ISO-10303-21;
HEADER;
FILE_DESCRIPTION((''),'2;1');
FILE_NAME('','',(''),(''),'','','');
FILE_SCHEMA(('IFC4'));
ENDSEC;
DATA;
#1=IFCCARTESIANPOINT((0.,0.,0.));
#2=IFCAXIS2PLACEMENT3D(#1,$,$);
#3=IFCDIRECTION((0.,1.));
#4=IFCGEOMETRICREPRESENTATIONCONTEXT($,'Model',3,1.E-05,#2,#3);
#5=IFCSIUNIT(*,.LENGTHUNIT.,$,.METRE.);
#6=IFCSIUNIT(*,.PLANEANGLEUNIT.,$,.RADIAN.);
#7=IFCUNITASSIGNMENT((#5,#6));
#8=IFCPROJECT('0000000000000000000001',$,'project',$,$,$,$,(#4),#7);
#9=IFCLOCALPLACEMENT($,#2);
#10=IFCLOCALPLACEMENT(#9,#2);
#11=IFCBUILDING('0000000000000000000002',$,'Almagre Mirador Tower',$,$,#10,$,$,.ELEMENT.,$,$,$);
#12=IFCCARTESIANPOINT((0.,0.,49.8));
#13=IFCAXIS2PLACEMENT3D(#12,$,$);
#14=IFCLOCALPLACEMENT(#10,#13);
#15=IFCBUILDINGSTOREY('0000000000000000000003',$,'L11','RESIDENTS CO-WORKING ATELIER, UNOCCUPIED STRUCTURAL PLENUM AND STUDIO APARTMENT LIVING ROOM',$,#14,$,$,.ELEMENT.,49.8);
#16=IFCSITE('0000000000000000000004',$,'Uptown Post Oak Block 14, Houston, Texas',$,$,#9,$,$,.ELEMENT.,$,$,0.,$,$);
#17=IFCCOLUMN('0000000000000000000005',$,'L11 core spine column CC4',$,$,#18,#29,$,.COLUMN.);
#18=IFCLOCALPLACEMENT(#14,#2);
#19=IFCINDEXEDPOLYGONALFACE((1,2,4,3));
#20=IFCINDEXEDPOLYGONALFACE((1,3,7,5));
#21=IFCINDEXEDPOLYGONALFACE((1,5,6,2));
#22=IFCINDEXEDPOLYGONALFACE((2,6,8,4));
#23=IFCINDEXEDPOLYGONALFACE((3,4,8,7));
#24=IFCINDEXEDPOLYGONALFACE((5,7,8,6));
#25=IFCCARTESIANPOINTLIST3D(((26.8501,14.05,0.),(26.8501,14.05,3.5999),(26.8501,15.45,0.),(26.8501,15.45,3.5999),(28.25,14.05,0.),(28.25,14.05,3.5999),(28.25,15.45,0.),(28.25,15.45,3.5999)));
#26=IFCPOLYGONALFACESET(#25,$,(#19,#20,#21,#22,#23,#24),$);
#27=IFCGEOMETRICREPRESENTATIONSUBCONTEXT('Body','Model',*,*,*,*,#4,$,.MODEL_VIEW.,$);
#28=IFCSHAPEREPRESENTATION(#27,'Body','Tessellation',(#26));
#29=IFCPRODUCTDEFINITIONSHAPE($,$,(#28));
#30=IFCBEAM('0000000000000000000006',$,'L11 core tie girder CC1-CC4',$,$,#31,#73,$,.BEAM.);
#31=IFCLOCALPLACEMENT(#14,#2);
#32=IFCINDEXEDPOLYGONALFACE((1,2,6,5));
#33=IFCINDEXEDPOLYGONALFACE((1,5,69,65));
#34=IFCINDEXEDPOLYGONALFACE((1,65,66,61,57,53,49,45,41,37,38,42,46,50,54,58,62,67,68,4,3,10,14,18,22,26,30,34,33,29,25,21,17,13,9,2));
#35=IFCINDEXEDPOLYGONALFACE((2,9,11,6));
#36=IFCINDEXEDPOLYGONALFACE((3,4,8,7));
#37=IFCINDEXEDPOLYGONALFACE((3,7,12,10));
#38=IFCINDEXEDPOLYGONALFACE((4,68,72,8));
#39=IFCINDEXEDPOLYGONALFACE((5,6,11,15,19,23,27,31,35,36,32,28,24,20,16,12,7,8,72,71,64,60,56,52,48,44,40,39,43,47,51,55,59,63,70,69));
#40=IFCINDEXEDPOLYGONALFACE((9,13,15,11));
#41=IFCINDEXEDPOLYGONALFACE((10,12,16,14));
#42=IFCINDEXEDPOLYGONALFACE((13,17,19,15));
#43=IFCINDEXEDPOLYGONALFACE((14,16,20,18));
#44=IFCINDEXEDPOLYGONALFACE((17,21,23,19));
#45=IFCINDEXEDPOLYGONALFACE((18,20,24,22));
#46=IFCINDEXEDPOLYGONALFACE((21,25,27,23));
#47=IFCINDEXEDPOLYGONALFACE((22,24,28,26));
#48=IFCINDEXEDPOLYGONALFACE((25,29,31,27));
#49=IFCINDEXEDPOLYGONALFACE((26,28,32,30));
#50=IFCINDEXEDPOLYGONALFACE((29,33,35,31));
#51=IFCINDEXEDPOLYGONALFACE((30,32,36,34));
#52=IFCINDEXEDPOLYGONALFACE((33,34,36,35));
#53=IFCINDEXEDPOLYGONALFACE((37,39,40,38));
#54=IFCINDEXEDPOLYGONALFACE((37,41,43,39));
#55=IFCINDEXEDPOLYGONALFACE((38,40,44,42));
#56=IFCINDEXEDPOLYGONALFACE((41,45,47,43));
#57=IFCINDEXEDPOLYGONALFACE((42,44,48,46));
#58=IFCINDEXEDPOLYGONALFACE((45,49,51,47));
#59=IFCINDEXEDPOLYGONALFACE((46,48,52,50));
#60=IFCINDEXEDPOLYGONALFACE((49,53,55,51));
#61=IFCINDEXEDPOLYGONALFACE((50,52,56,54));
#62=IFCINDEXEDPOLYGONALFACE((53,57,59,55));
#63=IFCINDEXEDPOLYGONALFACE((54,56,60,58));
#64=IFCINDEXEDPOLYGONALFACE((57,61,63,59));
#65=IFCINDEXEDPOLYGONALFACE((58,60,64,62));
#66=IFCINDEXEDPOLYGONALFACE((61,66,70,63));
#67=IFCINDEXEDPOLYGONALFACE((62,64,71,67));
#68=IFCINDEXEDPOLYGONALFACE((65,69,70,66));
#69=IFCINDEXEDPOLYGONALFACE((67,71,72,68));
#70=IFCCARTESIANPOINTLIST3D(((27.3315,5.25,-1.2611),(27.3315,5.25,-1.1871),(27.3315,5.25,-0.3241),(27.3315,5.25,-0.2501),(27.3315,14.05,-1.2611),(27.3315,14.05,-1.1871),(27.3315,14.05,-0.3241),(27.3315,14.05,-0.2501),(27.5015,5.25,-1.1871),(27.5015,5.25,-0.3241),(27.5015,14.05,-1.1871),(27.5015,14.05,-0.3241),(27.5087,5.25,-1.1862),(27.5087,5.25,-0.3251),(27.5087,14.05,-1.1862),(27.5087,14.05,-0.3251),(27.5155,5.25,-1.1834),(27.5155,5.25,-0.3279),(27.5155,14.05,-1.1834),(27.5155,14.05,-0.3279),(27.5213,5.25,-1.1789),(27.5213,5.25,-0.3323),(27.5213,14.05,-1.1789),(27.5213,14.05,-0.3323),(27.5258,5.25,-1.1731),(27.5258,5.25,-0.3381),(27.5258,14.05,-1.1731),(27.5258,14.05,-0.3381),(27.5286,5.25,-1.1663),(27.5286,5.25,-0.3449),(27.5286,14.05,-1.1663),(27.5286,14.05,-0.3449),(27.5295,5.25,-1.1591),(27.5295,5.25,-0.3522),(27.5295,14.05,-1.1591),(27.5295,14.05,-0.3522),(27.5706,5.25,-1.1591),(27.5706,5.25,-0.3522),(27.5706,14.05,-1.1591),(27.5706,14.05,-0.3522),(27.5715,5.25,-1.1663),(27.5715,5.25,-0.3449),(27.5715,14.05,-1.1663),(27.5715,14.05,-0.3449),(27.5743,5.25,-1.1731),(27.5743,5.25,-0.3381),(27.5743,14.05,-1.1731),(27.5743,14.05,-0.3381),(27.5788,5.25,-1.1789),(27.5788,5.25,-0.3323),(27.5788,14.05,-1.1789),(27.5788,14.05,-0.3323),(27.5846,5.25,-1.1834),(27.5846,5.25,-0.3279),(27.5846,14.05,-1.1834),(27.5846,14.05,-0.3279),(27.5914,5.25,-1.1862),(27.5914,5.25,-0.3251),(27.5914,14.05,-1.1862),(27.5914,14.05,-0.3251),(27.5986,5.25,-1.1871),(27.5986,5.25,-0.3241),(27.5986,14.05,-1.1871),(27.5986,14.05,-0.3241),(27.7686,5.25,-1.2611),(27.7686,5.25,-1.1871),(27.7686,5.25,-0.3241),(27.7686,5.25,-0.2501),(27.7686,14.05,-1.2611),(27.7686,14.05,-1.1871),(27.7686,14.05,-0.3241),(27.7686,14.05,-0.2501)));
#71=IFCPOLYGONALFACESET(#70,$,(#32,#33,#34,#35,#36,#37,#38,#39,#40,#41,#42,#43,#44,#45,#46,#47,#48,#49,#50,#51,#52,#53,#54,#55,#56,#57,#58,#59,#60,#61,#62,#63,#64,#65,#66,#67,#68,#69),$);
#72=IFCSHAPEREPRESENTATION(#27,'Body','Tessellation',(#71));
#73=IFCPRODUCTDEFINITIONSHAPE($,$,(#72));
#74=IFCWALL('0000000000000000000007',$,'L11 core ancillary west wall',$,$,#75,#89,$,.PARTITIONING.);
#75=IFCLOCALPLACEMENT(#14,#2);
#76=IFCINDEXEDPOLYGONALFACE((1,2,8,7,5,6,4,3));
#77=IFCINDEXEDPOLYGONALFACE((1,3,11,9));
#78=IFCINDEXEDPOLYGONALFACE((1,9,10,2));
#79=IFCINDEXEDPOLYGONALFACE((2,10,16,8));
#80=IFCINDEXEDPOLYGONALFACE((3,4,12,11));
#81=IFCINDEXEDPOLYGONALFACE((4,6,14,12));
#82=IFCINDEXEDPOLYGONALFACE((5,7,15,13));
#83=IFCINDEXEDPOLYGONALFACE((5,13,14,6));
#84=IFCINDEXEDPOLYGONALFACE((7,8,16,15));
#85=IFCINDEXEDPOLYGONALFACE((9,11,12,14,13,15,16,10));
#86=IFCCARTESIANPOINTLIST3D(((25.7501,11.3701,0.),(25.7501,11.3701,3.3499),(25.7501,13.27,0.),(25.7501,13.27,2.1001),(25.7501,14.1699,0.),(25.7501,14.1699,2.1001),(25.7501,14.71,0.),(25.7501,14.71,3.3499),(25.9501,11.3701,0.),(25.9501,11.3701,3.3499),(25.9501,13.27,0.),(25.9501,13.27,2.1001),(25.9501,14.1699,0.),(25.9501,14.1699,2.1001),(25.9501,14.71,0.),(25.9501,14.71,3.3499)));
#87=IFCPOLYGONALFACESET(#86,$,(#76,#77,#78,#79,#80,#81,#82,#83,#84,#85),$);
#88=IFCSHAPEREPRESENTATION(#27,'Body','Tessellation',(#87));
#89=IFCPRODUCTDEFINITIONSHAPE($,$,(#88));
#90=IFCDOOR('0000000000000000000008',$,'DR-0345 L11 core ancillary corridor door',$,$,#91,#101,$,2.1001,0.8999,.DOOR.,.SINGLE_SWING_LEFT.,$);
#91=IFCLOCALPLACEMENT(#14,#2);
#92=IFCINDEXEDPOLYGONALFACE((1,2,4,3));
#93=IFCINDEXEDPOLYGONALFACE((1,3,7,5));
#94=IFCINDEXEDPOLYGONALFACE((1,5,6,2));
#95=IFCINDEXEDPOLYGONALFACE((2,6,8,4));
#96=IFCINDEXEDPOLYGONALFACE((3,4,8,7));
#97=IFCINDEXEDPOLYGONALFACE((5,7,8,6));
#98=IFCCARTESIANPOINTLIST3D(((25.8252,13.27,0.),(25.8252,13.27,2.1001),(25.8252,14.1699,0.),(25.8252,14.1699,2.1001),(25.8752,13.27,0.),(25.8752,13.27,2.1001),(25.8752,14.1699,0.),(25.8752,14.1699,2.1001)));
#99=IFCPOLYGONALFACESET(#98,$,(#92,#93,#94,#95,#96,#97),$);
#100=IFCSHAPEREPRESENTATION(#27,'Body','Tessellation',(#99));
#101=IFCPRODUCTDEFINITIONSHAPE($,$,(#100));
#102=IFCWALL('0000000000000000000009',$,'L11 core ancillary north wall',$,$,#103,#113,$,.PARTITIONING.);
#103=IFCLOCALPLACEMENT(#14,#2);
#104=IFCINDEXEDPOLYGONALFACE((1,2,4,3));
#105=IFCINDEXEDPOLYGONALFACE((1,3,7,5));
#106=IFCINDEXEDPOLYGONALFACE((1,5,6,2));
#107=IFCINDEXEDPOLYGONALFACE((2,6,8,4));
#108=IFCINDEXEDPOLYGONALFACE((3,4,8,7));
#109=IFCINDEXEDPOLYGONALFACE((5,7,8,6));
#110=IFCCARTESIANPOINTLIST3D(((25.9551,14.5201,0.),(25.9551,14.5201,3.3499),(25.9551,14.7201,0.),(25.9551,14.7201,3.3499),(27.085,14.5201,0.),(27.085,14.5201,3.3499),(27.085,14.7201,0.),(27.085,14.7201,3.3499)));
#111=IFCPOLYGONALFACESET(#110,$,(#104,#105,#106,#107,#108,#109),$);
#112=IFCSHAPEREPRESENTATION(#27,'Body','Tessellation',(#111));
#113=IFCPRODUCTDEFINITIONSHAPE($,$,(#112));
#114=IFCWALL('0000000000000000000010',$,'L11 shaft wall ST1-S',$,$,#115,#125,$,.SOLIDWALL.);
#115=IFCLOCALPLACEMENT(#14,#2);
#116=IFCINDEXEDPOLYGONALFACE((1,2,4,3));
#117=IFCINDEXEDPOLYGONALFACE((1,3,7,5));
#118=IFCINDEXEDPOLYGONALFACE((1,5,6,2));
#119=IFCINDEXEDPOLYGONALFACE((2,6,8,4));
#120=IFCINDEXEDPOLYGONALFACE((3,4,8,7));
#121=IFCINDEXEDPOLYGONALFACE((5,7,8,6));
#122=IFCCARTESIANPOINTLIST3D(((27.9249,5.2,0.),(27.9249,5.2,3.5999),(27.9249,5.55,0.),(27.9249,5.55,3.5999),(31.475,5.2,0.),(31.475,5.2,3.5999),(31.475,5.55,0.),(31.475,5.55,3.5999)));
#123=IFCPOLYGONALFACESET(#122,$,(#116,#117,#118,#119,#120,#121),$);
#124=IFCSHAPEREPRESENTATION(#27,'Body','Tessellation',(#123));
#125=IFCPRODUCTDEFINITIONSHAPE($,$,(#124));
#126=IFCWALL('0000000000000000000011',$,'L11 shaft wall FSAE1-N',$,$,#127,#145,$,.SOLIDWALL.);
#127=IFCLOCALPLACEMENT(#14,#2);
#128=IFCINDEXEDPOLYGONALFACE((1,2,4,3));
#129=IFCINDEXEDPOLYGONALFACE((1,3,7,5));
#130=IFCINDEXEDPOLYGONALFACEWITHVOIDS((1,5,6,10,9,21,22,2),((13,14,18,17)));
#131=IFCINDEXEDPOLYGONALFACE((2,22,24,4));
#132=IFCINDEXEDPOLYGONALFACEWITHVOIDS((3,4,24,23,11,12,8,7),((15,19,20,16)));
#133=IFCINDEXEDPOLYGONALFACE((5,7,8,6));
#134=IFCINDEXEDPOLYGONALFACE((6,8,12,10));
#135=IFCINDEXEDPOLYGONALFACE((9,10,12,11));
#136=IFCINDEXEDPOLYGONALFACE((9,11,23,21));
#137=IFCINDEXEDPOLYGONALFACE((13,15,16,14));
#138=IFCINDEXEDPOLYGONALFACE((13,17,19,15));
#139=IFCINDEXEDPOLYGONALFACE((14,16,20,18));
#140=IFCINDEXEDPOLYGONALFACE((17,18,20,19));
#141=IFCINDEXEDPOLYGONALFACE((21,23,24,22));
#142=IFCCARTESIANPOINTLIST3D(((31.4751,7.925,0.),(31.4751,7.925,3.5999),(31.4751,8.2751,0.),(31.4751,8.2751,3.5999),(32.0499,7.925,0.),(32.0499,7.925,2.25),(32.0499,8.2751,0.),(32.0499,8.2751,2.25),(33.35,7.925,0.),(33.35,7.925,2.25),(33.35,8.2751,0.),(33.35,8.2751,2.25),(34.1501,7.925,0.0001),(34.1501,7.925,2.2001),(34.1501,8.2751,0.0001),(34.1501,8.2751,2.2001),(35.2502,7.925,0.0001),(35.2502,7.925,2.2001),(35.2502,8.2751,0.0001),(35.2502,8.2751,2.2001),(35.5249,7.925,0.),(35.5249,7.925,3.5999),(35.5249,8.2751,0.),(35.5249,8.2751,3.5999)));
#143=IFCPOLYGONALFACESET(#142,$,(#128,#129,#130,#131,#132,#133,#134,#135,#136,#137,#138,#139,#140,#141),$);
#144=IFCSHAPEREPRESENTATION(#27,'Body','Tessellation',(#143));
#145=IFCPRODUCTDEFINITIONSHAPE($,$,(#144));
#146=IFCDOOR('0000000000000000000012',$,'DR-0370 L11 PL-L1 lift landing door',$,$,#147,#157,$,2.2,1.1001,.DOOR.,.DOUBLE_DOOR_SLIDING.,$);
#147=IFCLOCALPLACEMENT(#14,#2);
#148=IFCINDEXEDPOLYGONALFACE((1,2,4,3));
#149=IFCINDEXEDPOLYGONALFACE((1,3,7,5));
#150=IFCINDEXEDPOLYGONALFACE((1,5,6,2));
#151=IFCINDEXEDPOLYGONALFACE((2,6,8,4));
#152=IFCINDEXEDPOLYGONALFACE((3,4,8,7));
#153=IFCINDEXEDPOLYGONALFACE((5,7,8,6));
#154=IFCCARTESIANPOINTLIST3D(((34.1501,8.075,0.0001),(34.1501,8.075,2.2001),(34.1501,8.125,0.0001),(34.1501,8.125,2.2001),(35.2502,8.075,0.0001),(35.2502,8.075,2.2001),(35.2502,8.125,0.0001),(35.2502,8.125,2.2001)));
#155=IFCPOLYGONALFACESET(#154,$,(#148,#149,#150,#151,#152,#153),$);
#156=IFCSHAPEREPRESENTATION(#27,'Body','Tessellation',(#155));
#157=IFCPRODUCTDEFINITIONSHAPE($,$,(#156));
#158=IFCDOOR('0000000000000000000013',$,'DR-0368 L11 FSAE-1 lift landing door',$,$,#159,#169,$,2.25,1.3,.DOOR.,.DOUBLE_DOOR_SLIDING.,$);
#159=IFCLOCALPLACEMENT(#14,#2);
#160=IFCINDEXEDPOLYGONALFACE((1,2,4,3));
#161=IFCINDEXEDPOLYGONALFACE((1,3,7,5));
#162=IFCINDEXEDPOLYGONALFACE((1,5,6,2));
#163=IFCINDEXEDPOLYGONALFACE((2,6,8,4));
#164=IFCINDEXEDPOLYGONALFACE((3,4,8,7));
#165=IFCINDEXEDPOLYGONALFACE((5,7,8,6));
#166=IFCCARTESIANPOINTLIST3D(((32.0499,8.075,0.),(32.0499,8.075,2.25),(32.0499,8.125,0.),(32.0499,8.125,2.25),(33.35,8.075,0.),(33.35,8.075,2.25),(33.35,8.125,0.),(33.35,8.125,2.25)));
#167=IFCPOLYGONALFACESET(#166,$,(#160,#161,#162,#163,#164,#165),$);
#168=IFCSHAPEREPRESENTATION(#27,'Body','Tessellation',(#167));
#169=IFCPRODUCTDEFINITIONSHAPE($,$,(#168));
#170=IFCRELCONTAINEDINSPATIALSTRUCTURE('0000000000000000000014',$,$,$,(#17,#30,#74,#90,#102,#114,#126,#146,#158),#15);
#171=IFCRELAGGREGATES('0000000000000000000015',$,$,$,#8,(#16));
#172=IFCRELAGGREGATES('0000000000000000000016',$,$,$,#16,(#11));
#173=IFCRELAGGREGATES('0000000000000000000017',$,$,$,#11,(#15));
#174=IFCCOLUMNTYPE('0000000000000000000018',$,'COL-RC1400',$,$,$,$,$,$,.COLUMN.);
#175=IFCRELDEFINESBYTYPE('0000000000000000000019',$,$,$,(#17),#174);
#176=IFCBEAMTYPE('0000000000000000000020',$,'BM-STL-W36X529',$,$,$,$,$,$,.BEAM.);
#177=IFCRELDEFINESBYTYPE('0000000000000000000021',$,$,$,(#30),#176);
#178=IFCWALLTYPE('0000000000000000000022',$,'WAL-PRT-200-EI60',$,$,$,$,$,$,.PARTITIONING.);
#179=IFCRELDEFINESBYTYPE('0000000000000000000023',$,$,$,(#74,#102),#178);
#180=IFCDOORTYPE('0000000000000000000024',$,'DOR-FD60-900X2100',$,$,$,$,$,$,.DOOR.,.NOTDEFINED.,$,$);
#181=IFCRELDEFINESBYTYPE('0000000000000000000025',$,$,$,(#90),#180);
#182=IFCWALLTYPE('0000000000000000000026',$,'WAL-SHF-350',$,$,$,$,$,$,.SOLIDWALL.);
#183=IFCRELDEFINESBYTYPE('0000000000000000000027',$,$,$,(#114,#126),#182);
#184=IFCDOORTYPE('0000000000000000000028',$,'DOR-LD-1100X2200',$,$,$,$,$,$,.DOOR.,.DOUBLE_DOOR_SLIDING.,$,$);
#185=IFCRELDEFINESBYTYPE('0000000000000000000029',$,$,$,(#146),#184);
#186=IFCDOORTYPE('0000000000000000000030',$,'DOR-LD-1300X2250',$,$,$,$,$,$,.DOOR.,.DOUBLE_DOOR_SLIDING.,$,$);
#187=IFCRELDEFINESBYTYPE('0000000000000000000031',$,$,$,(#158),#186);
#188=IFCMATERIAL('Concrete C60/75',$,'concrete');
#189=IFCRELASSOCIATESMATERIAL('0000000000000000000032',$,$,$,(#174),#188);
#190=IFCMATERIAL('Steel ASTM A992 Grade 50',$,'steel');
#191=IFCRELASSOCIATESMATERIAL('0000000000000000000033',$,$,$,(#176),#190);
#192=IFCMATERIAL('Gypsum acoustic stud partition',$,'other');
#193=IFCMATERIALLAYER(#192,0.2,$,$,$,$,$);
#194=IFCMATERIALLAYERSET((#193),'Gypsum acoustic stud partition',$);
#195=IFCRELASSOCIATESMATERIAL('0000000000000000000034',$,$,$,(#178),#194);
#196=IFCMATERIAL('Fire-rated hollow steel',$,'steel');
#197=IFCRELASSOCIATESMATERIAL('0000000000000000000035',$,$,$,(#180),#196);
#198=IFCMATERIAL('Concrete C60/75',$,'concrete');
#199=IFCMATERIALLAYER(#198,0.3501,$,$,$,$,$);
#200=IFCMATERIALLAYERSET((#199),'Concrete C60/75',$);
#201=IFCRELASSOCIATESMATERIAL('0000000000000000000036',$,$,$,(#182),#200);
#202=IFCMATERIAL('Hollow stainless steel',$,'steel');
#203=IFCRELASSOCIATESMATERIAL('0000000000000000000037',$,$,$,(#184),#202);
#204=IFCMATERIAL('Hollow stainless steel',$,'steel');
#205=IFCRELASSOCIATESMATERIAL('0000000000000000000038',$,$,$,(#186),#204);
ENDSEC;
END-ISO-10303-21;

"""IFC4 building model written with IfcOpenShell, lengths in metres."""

from ifc_helpers import new_model, si_unit, direction, frame, frame_2d, origin, origin_2d, place, context, subcontext, project, spatial, rectangle, i_section, extrude, material, layer, layer_set, material_profile, profile_set, type_object, element, fill, save


model = new_model("IFC4")

# Units and contexts
model_context = context("Model", 3, precision=1e-05, world=origin(), true_north=direction((0.0, 1.0)))
body_context = subcontext(model_context, "Body", "Model", "MODEL_VIEW")
ifc_project = project(units=[si_unit("LENGTHUNIT", "METRE"), si_unit("PLANEANGLEUNIT", "RADIAN")], contexts=[model_context])

# Site, building, storey
site_placement = place(None, origin())
site = spatial("IfcSite", under=ifc_project, at=site_placement, Name="Uptown Post Oak Block 14, Houston, Texas", CompositionType="ELEMENT", RefElevation=0.0)
building_placement = place(site_placement, origin())
building = spatial("IfcBuilding", under=site, at=building_placement, Name="Almagre Mirador Tower", CompositionType="ELEMENT")
storey_placement = place(building_placement, frame((0.0, 0.0, 49.8)))
storey = spatial("IfcBuildingStorey", under=building, at=storey_placement, Name="L11", Description="RESIDENTS CO-WORKING ATELIER, UNOCCUPIED STRUCTURAL PLENUM AND STUDIO APARTMENT LIVING ROOM", CompositionType="ELEMENT", Elevation=49.8)

# Column
ifc_material_1 = material(Name="Concrete C60/75", Category="concrete")
ifc_material_profile_1 = material_profile(ifc_material_1, rectangle(XDim=1.3999, YDim=1.3999, at=origin_2d()), Name="RC1400X1400")
ifc_profile_set_1 = profile_set([ifc_material_profile_1], Name="Concrete C60/75")
column_type = type_object("IfcColumnType", Name="COL-RC1400", PredefinedType="COLUMN", material=ifc_profile_set_1)
column_placement = place(storey_placement, frame((27.55, 14.75, 0.0), z_axis=(0.0, 0.0, 1.0), x_axis=(1.0, 0.0, 0.0)))
element("IfcColumn", 1, at=column_placement, inside=storey, type_object=column_type, Name="L11 core spine column CC4", PredefinedType="COLUMN", context=body_context, shape_type="SweptSolid", body=[
    extrude(rectangle(XDim=1.3999, YDim=1.3999, at=origin_2d()), origin(), (0.0, 0.0, 1.0), 3.5999),
])

# Beam
ifc_material_2 = material(Name="Steel ASTM A992 Grade 50", Category="steel")
ifc_material_profile_2 = material_profile(ifc_material_2, i_section(OverallWidth=0.437, OverallDepth=1.011, WebThickness=0.041, FlangeThickness=0.074, FilletRadius=0.0281, at=origin_2d()), Name="W36X529")
ifc_profile_set_2 = profile_set([ifc_material_profile_2], Name="Steel ASTM A992 Grade 50")
beam_type = type_object("IfcBeamType", Name="BM-STL-W36X529", PredefinedType="BEAM", material=ifc_profile_set_2)
beam_placement = place(storey_placement, frame((27.55, 5.25, -0.7556), z_axis=(0.0, 1.0, 0.0), x_axis=(-1.0, 0.0, 0.0)))
element("IfcBeam", 2, at=beam_placement, inside=storey, type_object=beam_type, Name="L11 core tie girder CC1-CC4", PredefinedType="BEAM", context=body_context, shape_type="SweptSolid", body=[
    extrude(i_section(OverallWidth=0.437, OverallDepth=1.011, WebThickness=0.041, FlangeThickness=0.074, FilletRadius=0.0281, at=origin_2d()), origin(), (0.0, 0.0, 1.0), 8.8),
])

# Wall, opening, door
ifc_material_3 = material(Name="Gypsum acoustic stud partition", Category="other")
ifc_layer_1 = layer(ifc_material_3, 0.2)
ifc_layer_set_1 = layer_set([ifc_layer_1], Name="Gypsum acoustic stud partition")
wall_type_1 = type_object("IfcWallType", Name="WAL-PRT-200-EI60", PredefinedType="PARTITIONING", material=ifc_layer_set_1)
wall_1_placement = place(storey_placement, frame((25.8501, 11.3701, 0.0), z_axis=(0.0, 0.0, 1.0), x_axis=(0.0, 1.0, 0.0)))
wall_1 = element("IfcWall", 3, at=wall_1_placement, inside=storey, type_object=wall_type_1, Name="L11 core ancillary west wall", PredefinedType="PARTITIONING", context=body_context, shape_type="SweptSolid", body=[
    extrude(rectangle(XDim=3.3398, YDim=0.2, at=frame_2d((1.6699, 0.0))), origin(), (0.0, 0.0, 1.0), 3.3499),
])
opening_1_placement = place(wall_1_placement, frame((1.8999, 0.0, 0.0)))
opening_1 = element("IfcOpeningElement", 4, at=opening_1_placement, cuts=wall_1, PredefinedType="OPENING", context=body_context, shape_type="SweptSolid", body=[
    extrude(rectangle(XDim=0.8999, YDim=2.1001, at=frame_2d((0.45, 1.05))), frame((0.0, 0.1101, 0.0), z_axis=(0.0, -1.0, 0.0), x_axis=(1.0, 0.0, 0.0)), (0.0, 0.0, 1.0), 0.22),
])
ifc_material_4 = material(Name="Fire-rated hollow steel", Category="steel")
door_type_1 = type_object("IfcDoorType", Name="DOR-FD60-900X2100", OperationType="NOTDEFINED", PredefinedType="DOOR", material=ifc_material_4)
door_1_placement = place(opening_1_placement, origin())
door_1 = element("IfcDoor", 5, at=door_1_placement, inside=storey, type_object=door_type_1, Name="DR-0345 L11 core ancillary corridor door", OperationType="SINGLE_SWING_LEFT", OverallHeight=2.1001, OverallWidth=0.8999, PredefinedType="DOOR", context=body_context, shape_type="SweptSolid", body=[
    extrude(rectangle(XDim=0.8999, YDim=2.1001, at=frame_2d((0.45, 1.05))), frame((0.0, 0.0249, 0.0), z_axis=(0.0, -1.0, 0.0), x_axis=(1.0, 0.0, 0.0)), (0.0, 0.0, 1.0), 0.05),
])
fill(opening_1, door_1)

# Walls
wall_2_placement = place(storey_placement, frame((25.9551, 14.6201, 0.0), z_axis=(0.0, 0.0, 1.0), x_axis=(1.0, 0.0, 0.0)))
element("IfcWall", 6, at=wall_2_placement, inside=storey, type_object=wall_type_1, Name="L11 core ancillary north wall", PredefinedType="PARTITIONING", context=body_context, shape_type="SweptSolid", body=[
    extrude(rectangle(XDim=1.1299, YDim=0.2, at=frame_2d((0.5649, 0.0))), origin(), (0.0, 0.0, 1.0), 3.3499),
])
ifc_material_5 = material(Name="Concrete C60/75", Category="concrete")
ifc_layer_2 = layer(ifc_material_5, 0.3501)
ifc_layer_set_2 = layer_set([ifc_layer_2], Name="Concrete C60/75")
wall_type_2 = type_object("IfcWallType", Name="WAL-SHF-350", PredefinedType="SOLIDWALL", material=ifc_layer_set_2)
wall_3_placement = place(storey_placement, frame((27.925, 5.375, 0.0), z_axis=(0.0, 0.0, 1.0), x_axis=(1.0, 0.0, 0.0)))
element("IfcWall", 7, at=wall_3_placement, inside=storey, type_object=wall_type_2, Name="L11 shaft wall ST1-S", PredefinedType="SOLIDWALL", context=body_context, shape_type="SweptSolid", body=[
    extrude(rectangle(XDim=3.55, YDim=0.3501, at=frame_2d((1.7749, 0.0))), origin(), (0.0, 0.0, 1.0), 3.5999),
])

# Wall, openings, doors
wall_4_placement = place(storey_placement, frame((31.4751, 8.1001, 0.0), z_axis=(0.0, 0.0, 1.0), x_axis=(1.0, 0.0, 0.0)))
wall_4 = element("IfcWall", 8, at=wall_4_placement, inside=storey, type_object=wall_type_2, Name="L11 shaft wall FSAE1-N", PredefinedType="SOLIDWALL", context=body_context, shape_type="SweptSolid", body=[
    extrude(rectangle(XDim=4.0498, YDim=0.3501, at=frame_2d((2.0249, 0.0))), origin(), (0.0, 0.0, 1.0), 3.5999),
])
opening_2_placement = place(wall_4_placement, frame((0.575, 0.0, 0.0)))
opening_2 = element("IfcOpeningElement", 9, at=opening_2_placement, cuts=wall_4, PredefinedType="OPENING", context=body_context, shape_type="SweptSolid", body=[
    extrude(rectangle(XDim=1.3, YDim=2.25, at=frame_2d((0.6499, 1.125))), frame((0.0, 0.185, 0.0), z_axis=(0.0, -1.0, 0.0), x_axis=(1.0, 0.0, 0.0)), (0.0, 0.0, 1.0), 0.3701),
])
opening_3_placement = place(wall_4_placement, frame((2.675, 0.0, 0.0)))
opening_3 = element("IfcOpeningElement", 10, at=opening_3_placement, cuts=wall_4, PredefinedType="OPENING", context=body_context, shape_type="SweptSolid", body=[
    extrude(rectangle(XDim=1.1001, YDim=2.2, at=frame_2d((0.55, 1.1001))), frame((0.0, 0.185, 0.0), z_axis=(0.0, -1.0, 0.0), x_axis=(1.0, 0.0, 0.0)), (0.0, 0.0, 1.0), 0.3701),
])
ifc_material_6 = material(Name="Hollow stainless steel", Category="steel")
door_type_2 = type_object("IfcDoorType", Name="DOR-LD-1100X2200", OperationType="DOUBLE_DOOR_SLIDING", PredefinedType="DOOR", material=ifc_material_6)
door_2_placement = place(opening_3_placement, origin())
door_2 = element("IfcDoor", 11, at=door_2_placement, inside=storey, type_object=door_type_2, Name="DR-0370 L11 PL-L1 lift landing door", OperationType="DOUBLE_DOOR_SLIDING", OverallHeight=2.2, OverallWidth=1.1001, PredefinedType="DOOR", context=body_context, shape_type="SweptSolid", body=[
    extrude(rectangle(XDim=1.1001, YDim=2.2, at=frame_2d((0.55, 1.1001))), frame((0.0, 0.0249, 0.0), z_axis=(0.0, -1.0, 0.0), x_axis=(1.0, 0.0, 0.0)), (0.0, 0.0, 1.0), 0.05),
])
fill(opening_3, door_2)
ifc_material_7 = material(Name="Hollow stainless steel", Category="steel")
door_type_3 = type_object("IfcDoorType", Name="DOR-LD-1300X2250", OperationType="DOUBLE_DOOR_SLIDING", PredefinedType="DOOR", material=ifc_material_7)
door_3_placement = place(opening_2_placement, origin())
door_3 = element("IfcDoor", 12, at=door_3_placement, inside=storey, type_object=door_type_3, Name="DR-0368 L11 FSAE-1 lift landing door", OperationType="DOUBLE_DOOR_SLIDING", OverallHeight=2.25, OverallWidth=1.3, PredefinedType="DOOR", context=body_context, shape_type="SweptSolid", body=[
    extrude(rectangle(XDim=1.3, YDim=2.25, at=frame_2d((0.6499, 1.125))), frame((0.0, 0.0249, 0.0), z_axis=(0.0, -1.0, 0.0), x_axis=(1.0, 0.0, 0.0)), (0.0, 0.0, 1.0), 0.05),
])
fill(opening_2, door_3)

save(model, "model.ifc")
